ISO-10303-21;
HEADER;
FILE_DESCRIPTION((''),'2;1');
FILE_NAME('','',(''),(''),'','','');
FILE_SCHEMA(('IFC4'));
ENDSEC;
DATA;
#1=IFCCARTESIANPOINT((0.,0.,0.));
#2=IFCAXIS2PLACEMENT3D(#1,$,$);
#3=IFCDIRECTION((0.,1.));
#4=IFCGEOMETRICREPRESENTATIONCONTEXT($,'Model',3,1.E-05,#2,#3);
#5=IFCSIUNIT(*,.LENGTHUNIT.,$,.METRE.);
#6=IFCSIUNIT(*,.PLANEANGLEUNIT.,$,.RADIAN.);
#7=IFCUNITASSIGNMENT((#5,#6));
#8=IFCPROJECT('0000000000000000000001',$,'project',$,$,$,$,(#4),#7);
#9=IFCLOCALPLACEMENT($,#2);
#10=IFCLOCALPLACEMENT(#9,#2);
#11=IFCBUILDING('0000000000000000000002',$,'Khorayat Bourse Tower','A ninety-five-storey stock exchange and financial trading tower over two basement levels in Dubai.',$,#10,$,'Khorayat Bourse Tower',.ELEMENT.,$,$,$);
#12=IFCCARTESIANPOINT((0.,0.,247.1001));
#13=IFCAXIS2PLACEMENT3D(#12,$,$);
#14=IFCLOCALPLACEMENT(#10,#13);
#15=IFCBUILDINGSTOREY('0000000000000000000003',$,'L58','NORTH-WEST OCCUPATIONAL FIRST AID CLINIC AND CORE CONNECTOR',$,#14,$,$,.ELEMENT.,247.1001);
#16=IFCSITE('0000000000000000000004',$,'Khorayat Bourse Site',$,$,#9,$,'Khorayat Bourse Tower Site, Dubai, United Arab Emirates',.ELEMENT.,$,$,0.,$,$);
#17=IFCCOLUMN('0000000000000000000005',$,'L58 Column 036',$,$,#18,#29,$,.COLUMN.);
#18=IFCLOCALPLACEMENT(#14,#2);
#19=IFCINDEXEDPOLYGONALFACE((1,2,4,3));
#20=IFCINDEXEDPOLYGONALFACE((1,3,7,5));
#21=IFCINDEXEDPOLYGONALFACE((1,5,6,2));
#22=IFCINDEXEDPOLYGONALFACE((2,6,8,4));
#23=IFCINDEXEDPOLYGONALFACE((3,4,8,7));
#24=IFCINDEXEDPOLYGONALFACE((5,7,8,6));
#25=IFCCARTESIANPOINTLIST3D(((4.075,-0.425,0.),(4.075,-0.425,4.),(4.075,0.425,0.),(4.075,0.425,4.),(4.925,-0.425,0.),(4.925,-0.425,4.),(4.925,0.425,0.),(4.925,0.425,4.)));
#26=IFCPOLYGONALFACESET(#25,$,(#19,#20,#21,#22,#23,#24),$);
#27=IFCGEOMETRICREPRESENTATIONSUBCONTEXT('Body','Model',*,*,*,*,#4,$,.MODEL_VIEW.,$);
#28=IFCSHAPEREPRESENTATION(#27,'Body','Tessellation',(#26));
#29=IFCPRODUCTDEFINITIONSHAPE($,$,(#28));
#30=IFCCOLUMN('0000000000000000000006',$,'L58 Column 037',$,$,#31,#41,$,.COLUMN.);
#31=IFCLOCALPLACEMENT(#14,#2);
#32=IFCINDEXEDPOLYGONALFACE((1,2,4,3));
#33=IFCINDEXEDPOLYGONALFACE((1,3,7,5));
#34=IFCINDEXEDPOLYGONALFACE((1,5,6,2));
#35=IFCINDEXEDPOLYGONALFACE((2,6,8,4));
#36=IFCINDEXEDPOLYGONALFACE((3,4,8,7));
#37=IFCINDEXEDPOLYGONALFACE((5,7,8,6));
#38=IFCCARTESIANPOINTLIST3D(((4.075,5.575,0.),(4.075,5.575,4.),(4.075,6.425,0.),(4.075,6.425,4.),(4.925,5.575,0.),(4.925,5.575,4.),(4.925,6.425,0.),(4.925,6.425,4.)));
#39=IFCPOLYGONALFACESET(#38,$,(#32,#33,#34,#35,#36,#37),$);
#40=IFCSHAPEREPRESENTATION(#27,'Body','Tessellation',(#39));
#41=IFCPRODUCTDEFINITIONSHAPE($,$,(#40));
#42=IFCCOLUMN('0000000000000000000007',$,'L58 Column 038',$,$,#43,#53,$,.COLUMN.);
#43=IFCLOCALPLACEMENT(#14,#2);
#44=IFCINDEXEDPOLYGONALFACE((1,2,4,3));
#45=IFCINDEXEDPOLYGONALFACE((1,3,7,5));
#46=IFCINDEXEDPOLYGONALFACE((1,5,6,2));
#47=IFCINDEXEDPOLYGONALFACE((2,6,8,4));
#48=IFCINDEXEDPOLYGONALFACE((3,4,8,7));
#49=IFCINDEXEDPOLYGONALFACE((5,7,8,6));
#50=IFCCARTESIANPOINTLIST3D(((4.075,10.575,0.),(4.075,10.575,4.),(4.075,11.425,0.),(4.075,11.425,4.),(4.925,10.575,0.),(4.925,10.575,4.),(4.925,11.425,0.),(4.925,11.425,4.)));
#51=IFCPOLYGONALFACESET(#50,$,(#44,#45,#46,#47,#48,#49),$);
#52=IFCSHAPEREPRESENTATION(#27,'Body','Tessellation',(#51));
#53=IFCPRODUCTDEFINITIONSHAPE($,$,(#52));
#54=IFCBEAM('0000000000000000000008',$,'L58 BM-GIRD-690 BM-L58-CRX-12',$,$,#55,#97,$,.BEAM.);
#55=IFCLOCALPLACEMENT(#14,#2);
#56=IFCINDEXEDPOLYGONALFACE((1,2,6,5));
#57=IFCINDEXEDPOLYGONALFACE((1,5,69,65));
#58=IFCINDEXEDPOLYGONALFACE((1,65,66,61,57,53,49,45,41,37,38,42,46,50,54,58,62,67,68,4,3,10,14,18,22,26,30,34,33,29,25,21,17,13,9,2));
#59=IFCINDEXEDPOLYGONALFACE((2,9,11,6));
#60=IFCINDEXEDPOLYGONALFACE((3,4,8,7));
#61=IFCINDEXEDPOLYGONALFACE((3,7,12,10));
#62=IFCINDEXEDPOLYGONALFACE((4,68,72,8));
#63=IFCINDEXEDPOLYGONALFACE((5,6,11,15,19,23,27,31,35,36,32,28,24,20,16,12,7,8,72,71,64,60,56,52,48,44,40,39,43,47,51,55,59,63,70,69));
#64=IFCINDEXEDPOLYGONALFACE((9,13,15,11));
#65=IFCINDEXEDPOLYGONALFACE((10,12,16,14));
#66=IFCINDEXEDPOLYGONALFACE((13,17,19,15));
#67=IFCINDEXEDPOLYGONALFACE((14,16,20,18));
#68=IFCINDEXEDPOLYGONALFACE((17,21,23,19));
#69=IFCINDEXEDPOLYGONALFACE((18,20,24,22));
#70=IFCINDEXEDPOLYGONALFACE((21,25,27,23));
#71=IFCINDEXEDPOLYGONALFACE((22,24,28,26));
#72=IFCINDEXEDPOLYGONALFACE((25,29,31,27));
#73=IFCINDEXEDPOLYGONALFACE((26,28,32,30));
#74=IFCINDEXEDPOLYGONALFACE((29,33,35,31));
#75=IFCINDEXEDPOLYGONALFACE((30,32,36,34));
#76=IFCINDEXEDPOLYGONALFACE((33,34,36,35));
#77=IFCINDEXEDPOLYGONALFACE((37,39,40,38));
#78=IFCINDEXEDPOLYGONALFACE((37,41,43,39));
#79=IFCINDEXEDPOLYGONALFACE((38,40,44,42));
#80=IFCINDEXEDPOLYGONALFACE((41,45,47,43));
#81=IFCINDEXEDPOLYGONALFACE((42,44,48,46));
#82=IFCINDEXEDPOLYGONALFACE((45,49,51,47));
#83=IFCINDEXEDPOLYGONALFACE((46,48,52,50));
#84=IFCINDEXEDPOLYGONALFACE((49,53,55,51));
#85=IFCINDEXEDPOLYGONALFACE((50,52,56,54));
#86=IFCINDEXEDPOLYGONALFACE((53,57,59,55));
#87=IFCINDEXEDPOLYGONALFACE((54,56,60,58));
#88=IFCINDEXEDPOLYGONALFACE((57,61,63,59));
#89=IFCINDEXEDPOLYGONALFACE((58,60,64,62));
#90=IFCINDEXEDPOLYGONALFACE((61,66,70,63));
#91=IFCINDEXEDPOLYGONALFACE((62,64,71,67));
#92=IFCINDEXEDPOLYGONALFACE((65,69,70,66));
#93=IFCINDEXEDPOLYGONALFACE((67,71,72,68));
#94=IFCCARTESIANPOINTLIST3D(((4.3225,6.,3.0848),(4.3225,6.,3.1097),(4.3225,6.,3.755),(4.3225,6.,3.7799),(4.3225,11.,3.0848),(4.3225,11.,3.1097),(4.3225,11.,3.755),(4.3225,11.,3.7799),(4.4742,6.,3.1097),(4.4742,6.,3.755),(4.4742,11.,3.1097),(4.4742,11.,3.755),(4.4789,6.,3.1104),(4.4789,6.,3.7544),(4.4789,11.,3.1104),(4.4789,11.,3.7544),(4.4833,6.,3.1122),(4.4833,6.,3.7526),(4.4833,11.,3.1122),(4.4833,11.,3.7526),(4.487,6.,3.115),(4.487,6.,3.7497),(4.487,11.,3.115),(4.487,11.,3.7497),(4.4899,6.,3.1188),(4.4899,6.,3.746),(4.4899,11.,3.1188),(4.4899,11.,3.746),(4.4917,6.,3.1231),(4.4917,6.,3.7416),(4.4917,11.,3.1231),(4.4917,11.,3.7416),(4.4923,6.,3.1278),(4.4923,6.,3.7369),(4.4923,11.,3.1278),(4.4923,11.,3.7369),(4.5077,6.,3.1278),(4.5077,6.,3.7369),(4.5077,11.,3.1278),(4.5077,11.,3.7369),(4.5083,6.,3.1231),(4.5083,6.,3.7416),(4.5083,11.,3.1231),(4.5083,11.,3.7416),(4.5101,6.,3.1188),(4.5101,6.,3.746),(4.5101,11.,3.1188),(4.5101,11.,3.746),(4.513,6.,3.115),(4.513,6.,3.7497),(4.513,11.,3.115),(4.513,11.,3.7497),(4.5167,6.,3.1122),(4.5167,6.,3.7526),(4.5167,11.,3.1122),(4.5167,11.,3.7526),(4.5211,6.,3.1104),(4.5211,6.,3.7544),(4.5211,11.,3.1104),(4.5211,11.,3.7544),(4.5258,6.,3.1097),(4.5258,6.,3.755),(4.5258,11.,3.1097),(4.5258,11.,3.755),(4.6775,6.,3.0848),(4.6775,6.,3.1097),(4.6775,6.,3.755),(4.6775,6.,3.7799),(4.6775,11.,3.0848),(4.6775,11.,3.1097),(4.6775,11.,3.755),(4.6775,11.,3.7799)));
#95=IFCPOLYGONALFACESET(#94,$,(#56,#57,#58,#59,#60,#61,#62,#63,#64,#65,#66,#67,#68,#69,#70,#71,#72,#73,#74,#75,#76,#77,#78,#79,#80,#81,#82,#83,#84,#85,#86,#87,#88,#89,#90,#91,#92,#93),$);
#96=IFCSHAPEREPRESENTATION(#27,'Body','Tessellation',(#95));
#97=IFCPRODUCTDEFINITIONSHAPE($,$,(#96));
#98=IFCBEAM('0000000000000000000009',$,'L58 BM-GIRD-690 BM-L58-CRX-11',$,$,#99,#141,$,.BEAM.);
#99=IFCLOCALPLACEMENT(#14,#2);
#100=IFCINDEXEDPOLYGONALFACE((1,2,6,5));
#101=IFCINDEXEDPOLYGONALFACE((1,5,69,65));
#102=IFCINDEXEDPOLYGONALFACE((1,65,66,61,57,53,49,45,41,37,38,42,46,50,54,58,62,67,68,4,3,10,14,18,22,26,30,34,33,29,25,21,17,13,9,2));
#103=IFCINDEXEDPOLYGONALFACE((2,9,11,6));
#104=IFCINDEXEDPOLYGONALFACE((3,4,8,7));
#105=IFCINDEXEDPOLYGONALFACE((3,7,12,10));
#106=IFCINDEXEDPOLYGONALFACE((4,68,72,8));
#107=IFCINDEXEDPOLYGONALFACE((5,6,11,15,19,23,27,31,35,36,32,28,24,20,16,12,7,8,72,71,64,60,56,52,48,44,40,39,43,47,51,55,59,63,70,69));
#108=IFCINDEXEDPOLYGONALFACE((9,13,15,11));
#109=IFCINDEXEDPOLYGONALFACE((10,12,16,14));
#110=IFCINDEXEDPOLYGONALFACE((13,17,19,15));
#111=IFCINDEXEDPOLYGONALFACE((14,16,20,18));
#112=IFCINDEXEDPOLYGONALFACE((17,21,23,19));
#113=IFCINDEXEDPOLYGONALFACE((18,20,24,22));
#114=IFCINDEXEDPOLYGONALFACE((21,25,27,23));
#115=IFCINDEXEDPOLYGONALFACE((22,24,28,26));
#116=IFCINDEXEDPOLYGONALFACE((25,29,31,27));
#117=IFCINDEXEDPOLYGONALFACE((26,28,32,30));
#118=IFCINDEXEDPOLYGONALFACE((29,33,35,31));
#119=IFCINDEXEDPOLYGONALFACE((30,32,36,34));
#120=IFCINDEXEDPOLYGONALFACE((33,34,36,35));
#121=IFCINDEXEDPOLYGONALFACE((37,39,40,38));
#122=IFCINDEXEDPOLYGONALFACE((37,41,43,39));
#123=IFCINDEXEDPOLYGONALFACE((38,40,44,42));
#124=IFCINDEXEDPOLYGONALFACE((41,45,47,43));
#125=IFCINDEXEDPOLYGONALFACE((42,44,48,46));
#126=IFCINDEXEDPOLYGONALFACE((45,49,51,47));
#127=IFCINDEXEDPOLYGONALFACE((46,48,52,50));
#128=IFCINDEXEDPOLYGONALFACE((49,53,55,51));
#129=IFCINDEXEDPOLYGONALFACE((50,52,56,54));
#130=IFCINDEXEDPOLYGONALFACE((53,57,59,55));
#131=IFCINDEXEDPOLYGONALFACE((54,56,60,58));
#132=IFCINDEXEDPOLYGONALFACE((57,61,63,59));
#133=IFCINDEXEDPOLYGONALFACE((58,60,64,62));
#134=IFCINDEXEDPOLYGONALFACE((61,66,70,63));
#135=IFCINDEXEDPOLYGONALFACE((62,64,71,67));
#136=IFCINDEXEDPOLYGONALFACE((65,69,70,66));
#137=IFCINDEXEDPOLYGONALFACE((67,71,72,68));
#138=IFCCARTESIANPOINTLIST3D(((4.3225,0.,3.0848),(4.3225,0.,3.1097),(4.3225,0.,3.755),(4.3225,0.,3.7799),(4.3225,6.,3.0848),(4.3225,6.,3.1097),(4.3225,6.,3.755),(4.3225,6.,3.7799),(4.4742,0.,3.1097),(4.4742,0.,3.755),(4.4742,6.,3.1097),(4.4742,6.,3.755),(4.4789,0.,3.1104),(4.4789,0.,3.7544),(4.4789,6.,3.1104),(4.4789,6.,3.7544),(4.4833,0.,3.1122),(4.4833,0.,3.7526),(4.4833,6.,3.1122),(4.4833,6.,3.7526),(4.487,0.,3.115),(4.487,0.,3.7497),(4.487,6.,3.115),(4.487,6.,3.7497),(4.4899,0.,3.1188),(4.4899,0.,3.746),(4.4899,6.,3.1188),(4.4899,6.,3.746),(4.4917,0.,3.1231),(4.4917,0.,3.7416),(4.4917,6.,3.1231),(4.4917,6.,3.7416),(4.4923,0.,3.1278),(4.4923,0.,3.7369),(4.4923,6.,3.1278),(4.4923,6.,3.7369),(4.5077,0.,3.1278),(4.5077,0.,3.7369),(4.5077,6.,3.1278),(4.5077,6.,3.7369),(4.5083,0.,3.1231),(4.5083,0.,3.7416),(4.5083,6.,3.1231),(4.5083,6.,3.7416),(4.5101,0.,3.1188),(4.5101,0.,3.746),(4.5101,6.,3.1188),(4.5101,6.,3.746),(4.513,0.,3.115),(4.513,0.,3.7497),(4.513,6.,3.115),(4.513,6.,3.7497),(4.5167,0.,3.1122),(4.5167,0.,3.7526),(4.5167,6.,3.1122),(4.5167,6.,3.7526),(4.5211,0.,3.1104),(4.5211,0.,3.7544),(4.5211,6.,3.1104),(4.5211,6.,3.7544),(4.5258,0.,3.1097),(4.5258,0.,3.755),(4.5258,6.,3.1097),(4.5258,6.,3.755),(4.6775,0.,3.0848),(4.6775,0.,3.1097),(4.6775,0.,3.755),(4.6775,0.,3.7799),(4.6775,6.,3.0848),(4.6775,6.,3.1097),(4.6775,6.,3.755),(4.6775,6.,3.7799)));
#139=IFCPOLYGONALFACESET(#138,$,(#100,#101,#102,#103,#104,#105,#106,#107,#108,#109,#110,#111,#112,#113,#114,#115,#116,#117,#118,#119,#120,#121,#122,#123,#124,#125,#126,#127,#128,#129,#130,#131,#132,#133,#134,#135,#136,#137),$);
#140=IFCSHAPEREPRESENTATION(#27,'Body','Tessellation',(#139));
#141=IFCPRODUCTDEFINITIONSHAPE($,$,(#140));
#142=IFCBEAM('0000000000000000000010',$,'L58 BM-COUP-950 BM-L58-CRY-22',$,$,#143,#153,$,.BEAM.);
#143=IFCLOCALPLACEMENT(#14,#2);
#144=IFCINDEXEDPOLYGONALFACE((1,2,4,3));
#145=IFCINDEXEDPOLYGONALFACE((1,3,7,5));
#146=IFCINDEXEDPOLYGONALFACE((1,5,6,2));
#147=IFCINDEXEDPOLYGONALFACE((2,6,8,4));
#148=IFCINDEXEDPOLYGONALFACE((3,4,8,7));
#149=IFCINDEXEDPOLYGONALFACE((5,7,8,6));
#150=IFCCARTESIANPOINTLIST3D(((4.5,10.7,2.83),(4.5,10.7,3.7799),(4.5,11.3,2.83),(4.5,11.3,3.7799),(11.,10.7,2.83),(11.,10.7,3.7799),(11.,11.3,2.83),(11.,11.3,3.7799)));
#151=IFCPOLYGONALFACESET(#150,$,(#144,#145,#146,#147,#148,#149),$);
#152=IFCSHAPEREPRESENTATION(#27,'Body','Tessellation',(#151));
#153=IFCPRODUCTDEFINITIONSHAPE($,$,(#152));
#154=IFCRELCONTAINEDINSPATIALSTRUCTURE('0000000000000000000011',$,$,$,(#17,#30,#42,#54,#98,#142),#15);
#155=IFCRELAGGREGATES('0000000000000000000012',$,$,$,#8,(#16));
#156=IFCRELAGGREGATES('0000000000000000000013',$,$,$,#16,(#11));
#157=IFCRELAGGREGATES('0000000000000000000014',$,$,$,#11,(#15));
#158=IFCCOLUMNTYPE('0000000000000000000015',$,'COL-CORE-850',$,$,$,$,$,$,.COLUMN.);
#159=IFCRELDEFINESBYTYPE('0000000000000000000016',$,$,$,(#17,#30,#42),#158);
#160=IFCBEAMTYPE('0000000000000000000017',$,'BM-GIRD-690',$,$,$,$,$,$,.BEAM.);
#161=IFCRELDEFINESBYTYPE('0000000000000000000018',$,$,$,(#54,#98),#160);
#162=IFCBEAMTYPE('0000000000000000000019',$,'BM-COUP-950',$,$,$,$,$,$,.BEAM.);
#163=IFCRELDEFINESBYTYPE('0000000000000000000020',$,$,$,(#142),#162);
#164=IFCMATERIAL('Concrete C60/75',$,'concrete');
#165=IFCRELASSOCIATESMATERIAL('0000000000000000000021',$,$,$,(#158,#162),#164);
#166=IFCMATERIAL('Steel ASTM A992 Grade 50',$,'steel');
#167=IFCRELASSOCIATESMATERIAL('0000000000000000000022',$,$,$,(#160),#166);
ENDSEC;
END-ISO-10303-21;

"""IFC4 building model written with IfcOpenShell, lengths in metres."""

from ifc_helpers import new_model, si_unit, direction, frame, origin, origin_2d, place, context, subcontext, project, spatial, rectangle, i_section, extrude, source, transform, mapped, material, material_profile, profile_set, type_object, element, save


model = new_model("IFC4")

# Units and contexts
model_context = context("Model", 3, precision=1e-05, world=origin(), true_north=direction((0.0, 1.0)))
body_context = subcontext(model_context, "Body", "Model", "MODEL_VIEW")
ifc_project = project(units=[si_unit("LENGTHUNIT", "METRE"), si_unit("PLANEANGLEUNIT", "RADIAN")], contexts=[model_context])

# Site, building, storey
site_placement = place(None, origin())
site = spatial("IfcSite", under=ifc_project, at=site_placement, Name="Khorayat Bourse Site", LongName="Khorayat Bourse Tower Site, Dubai, United Arab Emirates", CompositionType="ELEMENT", RefElevation=0.0)
building_placement = place(site_placement, origin())
building = spatial("IfcBuilding", under=site, at=building_placement, Name="Khorayat Bourse Tower", Description="A ninety-five-storey stock exchange and financial trading tower over two basement levels in Dubai.", LongName="Khorayat Bourse Tower", CompositionType="ELEMENT")
storey_placement = place(building_placement, frame((0.0, 0.0, 247.1001)))
storey = spatial("IfcBuildingStorey", under=building, at=storey_placement, Name="L58", Description="NORTH-WEST OCCUPATIONAL FIRST AID CLINIC AND CORE CONNECTOR", CompositionType="ELEMENT", Elevation=247.1001)

# Columns
ifc_material_1 = material(Name="Concrete C60/75", Category="concrete")
ifc_material_profile_1 = material_profile(ifc_material_1, rectangle(XDim=0.8501, YDim=0.8501, at=origin_2d()), Name="RC 850x850")
ifc_profile_set_1 = profile_set([ifc_material_profile_1], Name="Concrete C60/75")
column_type = type_object("IfcColumnType", Name="COL-CORE-850", PredefinedType="COLUMN", material=ifc_profile_set_1)
shared_shape_1 = source(origin(), body_context, "Body", "SweptSolid", [
    extrude(rectangle(XDim=0.8501, YDim=0.8501, at=origin_2d()), origin(), (0.0, 0.0, 1.0), 4.0),
])
for number, where, z_axis, x_axis, name in (
    (1, (4.5, 0.0, 0.0), (0.0, 0.0, 1.0), (1.0, 0.0, 0.0), "L58 Column 036"),
    (2, (4.5, 6.0, 0.0), (0.0, 0.0, 1.0), (1.0, 0.0, 0.0), "L58 Column 037"),
    (3, (4.5, 11.0, 0.0), (0.0, 0.0, 1.0), (1.0, 0.0, 0.0), "L58 Column 038"),
):
    element("IfcColumn", number, at=place(storey_placement, frame(where, z_axis=z_axis, x_axis=x_axis)), inside=storey, type_object=column_type, Name=name, PredefinedType="COLUMN", context=body_context, shape_type="MappedRepresentation", body=[
        mapped(shared_shape_1, transform((0.0, 0.0, 0.0), scale=1.0)),
    ])

# Beams
ifc_material_2 = material(Name="Steel ASTM A992 Grade 50", Category="steel")
ifc_material_profile_2 = material_profile(ifc_material_2, i_section(OverallWidth=0.355, OverallDepth=0.6951, WebThickness=0.0154, FlangeThickness=0.0249, FilletRadius=0.0181, at=origin_2d()), Name="W690X217")
ifc_profile_set_2 = profile_set([ifc_material_profile_2], Name="Steel ASTM A992 Grade 50")
beam_type_1 = type_object("IfcBeamType", Name="BM-GIRD-690", PredefinedType="BEAM", material=ifc_profile_set_2)
shared_shape_2 = source(origin(), body_context, "Body", "SweptSolid", [
    extrude(i_section(OverallWidth=0.355, OverallDepth=0.6951, WebThickness=0.0154, FlangeThickness=0.0249, FilletRadius=0.0181, at=origin_2d()), origin(), (0.0, 0.0, 1.0), 5.0),
])
beam_1_placement = place(storey_placement, frame((4.5, 6.0, 3.4324), z_axis=(0.0, 1.0, 0.0), x_axis=(-1.0, 0.0, 0.0)))
element("IfcBeam", 4, at=beam_1_placement, inside=storey, type_object=beam_type_1, Name="L58 BM-GIRD-690 BM-L58-CRX-12", PredefinedType="BEAM", context=body_context, shape_type="MappedRepresentation", body=[
    mapped(shared_shape_2, transform((0.0, 0.0, 0.0), scale=1.0)),
])
shared_shape_3 = source(origin(), body_context, "Body", "SweptSolid", [
    extrude(i_section(OverallWidth=0.355, OverallDepth=0.6951, WebThickness=0.0154, FlangeThickness=0.0249, FilletRadius=0.0181, at=origin_2d()), origin(), (0.0, 0.0, 1.0), 6.0),
])
beam_2_placement = place(storey_placement, frame((4.5, 0.0, 3.4324), z_axis=(0.0, 1.0, 0.0), x_axis=(-1.0, 0.0, 0.0)))
element("IfcBeam", 5, at=beam_2_placement, inside=storey, type_object=beam_type_1, Name="L58 BM-GIRD-690 BM-L58-CRX-11", PredefinedType="BEAM", context=body_context, shape_type="MappedRepresentation", body=[
    mapped(shared_shape_3, transform((0.0, 0.0, 0.0), scale=1.0)),
])
ifc_material_profile_3 = material_profile(ifc_material_1, rectangle(XDim=0.6001, YDim=0.95, at=origin_2d()), Name="RC 600x950")
ifc_profile_set_3 = profile_set([ifc_material_profile_3], Name="Concrete C60/75")
beam_type_2 = type_object("IfcBeamType", Name="BM-COUP-950", PredefinedType="BEAM", material=ifc_profile_set_3)
shared_shape_4 = source(origin(), body_context, "Body", "SweptSolid", [
    extrude(rectangle(XDim=0.6001, YDim=0.95, at=origin_2d()), origin(), (0.0, 0.0, 1.0), 6.5),
])
beam_3_placement = place(storey_placement, frame((4.5, 11.0, 3.3049), z_axis=(1.0, 0.0, 0.0), x_axis=(0.0, 1.0, 0.0)))
element("IfcBeam", 6, at=beam_3_placement, inside=storey, type_object=beam_type_2, Name="L58 BM-COUP-950 BM-L58-CRY-22", PredefinedType="BEAM", context=body_context, shape_type="MappedRepresentation", body=[
    mapped(shared_shape_4, transform((0.0, 0.0, 0.0), scale=1.0)),
])

save(model, "model.ifc")
